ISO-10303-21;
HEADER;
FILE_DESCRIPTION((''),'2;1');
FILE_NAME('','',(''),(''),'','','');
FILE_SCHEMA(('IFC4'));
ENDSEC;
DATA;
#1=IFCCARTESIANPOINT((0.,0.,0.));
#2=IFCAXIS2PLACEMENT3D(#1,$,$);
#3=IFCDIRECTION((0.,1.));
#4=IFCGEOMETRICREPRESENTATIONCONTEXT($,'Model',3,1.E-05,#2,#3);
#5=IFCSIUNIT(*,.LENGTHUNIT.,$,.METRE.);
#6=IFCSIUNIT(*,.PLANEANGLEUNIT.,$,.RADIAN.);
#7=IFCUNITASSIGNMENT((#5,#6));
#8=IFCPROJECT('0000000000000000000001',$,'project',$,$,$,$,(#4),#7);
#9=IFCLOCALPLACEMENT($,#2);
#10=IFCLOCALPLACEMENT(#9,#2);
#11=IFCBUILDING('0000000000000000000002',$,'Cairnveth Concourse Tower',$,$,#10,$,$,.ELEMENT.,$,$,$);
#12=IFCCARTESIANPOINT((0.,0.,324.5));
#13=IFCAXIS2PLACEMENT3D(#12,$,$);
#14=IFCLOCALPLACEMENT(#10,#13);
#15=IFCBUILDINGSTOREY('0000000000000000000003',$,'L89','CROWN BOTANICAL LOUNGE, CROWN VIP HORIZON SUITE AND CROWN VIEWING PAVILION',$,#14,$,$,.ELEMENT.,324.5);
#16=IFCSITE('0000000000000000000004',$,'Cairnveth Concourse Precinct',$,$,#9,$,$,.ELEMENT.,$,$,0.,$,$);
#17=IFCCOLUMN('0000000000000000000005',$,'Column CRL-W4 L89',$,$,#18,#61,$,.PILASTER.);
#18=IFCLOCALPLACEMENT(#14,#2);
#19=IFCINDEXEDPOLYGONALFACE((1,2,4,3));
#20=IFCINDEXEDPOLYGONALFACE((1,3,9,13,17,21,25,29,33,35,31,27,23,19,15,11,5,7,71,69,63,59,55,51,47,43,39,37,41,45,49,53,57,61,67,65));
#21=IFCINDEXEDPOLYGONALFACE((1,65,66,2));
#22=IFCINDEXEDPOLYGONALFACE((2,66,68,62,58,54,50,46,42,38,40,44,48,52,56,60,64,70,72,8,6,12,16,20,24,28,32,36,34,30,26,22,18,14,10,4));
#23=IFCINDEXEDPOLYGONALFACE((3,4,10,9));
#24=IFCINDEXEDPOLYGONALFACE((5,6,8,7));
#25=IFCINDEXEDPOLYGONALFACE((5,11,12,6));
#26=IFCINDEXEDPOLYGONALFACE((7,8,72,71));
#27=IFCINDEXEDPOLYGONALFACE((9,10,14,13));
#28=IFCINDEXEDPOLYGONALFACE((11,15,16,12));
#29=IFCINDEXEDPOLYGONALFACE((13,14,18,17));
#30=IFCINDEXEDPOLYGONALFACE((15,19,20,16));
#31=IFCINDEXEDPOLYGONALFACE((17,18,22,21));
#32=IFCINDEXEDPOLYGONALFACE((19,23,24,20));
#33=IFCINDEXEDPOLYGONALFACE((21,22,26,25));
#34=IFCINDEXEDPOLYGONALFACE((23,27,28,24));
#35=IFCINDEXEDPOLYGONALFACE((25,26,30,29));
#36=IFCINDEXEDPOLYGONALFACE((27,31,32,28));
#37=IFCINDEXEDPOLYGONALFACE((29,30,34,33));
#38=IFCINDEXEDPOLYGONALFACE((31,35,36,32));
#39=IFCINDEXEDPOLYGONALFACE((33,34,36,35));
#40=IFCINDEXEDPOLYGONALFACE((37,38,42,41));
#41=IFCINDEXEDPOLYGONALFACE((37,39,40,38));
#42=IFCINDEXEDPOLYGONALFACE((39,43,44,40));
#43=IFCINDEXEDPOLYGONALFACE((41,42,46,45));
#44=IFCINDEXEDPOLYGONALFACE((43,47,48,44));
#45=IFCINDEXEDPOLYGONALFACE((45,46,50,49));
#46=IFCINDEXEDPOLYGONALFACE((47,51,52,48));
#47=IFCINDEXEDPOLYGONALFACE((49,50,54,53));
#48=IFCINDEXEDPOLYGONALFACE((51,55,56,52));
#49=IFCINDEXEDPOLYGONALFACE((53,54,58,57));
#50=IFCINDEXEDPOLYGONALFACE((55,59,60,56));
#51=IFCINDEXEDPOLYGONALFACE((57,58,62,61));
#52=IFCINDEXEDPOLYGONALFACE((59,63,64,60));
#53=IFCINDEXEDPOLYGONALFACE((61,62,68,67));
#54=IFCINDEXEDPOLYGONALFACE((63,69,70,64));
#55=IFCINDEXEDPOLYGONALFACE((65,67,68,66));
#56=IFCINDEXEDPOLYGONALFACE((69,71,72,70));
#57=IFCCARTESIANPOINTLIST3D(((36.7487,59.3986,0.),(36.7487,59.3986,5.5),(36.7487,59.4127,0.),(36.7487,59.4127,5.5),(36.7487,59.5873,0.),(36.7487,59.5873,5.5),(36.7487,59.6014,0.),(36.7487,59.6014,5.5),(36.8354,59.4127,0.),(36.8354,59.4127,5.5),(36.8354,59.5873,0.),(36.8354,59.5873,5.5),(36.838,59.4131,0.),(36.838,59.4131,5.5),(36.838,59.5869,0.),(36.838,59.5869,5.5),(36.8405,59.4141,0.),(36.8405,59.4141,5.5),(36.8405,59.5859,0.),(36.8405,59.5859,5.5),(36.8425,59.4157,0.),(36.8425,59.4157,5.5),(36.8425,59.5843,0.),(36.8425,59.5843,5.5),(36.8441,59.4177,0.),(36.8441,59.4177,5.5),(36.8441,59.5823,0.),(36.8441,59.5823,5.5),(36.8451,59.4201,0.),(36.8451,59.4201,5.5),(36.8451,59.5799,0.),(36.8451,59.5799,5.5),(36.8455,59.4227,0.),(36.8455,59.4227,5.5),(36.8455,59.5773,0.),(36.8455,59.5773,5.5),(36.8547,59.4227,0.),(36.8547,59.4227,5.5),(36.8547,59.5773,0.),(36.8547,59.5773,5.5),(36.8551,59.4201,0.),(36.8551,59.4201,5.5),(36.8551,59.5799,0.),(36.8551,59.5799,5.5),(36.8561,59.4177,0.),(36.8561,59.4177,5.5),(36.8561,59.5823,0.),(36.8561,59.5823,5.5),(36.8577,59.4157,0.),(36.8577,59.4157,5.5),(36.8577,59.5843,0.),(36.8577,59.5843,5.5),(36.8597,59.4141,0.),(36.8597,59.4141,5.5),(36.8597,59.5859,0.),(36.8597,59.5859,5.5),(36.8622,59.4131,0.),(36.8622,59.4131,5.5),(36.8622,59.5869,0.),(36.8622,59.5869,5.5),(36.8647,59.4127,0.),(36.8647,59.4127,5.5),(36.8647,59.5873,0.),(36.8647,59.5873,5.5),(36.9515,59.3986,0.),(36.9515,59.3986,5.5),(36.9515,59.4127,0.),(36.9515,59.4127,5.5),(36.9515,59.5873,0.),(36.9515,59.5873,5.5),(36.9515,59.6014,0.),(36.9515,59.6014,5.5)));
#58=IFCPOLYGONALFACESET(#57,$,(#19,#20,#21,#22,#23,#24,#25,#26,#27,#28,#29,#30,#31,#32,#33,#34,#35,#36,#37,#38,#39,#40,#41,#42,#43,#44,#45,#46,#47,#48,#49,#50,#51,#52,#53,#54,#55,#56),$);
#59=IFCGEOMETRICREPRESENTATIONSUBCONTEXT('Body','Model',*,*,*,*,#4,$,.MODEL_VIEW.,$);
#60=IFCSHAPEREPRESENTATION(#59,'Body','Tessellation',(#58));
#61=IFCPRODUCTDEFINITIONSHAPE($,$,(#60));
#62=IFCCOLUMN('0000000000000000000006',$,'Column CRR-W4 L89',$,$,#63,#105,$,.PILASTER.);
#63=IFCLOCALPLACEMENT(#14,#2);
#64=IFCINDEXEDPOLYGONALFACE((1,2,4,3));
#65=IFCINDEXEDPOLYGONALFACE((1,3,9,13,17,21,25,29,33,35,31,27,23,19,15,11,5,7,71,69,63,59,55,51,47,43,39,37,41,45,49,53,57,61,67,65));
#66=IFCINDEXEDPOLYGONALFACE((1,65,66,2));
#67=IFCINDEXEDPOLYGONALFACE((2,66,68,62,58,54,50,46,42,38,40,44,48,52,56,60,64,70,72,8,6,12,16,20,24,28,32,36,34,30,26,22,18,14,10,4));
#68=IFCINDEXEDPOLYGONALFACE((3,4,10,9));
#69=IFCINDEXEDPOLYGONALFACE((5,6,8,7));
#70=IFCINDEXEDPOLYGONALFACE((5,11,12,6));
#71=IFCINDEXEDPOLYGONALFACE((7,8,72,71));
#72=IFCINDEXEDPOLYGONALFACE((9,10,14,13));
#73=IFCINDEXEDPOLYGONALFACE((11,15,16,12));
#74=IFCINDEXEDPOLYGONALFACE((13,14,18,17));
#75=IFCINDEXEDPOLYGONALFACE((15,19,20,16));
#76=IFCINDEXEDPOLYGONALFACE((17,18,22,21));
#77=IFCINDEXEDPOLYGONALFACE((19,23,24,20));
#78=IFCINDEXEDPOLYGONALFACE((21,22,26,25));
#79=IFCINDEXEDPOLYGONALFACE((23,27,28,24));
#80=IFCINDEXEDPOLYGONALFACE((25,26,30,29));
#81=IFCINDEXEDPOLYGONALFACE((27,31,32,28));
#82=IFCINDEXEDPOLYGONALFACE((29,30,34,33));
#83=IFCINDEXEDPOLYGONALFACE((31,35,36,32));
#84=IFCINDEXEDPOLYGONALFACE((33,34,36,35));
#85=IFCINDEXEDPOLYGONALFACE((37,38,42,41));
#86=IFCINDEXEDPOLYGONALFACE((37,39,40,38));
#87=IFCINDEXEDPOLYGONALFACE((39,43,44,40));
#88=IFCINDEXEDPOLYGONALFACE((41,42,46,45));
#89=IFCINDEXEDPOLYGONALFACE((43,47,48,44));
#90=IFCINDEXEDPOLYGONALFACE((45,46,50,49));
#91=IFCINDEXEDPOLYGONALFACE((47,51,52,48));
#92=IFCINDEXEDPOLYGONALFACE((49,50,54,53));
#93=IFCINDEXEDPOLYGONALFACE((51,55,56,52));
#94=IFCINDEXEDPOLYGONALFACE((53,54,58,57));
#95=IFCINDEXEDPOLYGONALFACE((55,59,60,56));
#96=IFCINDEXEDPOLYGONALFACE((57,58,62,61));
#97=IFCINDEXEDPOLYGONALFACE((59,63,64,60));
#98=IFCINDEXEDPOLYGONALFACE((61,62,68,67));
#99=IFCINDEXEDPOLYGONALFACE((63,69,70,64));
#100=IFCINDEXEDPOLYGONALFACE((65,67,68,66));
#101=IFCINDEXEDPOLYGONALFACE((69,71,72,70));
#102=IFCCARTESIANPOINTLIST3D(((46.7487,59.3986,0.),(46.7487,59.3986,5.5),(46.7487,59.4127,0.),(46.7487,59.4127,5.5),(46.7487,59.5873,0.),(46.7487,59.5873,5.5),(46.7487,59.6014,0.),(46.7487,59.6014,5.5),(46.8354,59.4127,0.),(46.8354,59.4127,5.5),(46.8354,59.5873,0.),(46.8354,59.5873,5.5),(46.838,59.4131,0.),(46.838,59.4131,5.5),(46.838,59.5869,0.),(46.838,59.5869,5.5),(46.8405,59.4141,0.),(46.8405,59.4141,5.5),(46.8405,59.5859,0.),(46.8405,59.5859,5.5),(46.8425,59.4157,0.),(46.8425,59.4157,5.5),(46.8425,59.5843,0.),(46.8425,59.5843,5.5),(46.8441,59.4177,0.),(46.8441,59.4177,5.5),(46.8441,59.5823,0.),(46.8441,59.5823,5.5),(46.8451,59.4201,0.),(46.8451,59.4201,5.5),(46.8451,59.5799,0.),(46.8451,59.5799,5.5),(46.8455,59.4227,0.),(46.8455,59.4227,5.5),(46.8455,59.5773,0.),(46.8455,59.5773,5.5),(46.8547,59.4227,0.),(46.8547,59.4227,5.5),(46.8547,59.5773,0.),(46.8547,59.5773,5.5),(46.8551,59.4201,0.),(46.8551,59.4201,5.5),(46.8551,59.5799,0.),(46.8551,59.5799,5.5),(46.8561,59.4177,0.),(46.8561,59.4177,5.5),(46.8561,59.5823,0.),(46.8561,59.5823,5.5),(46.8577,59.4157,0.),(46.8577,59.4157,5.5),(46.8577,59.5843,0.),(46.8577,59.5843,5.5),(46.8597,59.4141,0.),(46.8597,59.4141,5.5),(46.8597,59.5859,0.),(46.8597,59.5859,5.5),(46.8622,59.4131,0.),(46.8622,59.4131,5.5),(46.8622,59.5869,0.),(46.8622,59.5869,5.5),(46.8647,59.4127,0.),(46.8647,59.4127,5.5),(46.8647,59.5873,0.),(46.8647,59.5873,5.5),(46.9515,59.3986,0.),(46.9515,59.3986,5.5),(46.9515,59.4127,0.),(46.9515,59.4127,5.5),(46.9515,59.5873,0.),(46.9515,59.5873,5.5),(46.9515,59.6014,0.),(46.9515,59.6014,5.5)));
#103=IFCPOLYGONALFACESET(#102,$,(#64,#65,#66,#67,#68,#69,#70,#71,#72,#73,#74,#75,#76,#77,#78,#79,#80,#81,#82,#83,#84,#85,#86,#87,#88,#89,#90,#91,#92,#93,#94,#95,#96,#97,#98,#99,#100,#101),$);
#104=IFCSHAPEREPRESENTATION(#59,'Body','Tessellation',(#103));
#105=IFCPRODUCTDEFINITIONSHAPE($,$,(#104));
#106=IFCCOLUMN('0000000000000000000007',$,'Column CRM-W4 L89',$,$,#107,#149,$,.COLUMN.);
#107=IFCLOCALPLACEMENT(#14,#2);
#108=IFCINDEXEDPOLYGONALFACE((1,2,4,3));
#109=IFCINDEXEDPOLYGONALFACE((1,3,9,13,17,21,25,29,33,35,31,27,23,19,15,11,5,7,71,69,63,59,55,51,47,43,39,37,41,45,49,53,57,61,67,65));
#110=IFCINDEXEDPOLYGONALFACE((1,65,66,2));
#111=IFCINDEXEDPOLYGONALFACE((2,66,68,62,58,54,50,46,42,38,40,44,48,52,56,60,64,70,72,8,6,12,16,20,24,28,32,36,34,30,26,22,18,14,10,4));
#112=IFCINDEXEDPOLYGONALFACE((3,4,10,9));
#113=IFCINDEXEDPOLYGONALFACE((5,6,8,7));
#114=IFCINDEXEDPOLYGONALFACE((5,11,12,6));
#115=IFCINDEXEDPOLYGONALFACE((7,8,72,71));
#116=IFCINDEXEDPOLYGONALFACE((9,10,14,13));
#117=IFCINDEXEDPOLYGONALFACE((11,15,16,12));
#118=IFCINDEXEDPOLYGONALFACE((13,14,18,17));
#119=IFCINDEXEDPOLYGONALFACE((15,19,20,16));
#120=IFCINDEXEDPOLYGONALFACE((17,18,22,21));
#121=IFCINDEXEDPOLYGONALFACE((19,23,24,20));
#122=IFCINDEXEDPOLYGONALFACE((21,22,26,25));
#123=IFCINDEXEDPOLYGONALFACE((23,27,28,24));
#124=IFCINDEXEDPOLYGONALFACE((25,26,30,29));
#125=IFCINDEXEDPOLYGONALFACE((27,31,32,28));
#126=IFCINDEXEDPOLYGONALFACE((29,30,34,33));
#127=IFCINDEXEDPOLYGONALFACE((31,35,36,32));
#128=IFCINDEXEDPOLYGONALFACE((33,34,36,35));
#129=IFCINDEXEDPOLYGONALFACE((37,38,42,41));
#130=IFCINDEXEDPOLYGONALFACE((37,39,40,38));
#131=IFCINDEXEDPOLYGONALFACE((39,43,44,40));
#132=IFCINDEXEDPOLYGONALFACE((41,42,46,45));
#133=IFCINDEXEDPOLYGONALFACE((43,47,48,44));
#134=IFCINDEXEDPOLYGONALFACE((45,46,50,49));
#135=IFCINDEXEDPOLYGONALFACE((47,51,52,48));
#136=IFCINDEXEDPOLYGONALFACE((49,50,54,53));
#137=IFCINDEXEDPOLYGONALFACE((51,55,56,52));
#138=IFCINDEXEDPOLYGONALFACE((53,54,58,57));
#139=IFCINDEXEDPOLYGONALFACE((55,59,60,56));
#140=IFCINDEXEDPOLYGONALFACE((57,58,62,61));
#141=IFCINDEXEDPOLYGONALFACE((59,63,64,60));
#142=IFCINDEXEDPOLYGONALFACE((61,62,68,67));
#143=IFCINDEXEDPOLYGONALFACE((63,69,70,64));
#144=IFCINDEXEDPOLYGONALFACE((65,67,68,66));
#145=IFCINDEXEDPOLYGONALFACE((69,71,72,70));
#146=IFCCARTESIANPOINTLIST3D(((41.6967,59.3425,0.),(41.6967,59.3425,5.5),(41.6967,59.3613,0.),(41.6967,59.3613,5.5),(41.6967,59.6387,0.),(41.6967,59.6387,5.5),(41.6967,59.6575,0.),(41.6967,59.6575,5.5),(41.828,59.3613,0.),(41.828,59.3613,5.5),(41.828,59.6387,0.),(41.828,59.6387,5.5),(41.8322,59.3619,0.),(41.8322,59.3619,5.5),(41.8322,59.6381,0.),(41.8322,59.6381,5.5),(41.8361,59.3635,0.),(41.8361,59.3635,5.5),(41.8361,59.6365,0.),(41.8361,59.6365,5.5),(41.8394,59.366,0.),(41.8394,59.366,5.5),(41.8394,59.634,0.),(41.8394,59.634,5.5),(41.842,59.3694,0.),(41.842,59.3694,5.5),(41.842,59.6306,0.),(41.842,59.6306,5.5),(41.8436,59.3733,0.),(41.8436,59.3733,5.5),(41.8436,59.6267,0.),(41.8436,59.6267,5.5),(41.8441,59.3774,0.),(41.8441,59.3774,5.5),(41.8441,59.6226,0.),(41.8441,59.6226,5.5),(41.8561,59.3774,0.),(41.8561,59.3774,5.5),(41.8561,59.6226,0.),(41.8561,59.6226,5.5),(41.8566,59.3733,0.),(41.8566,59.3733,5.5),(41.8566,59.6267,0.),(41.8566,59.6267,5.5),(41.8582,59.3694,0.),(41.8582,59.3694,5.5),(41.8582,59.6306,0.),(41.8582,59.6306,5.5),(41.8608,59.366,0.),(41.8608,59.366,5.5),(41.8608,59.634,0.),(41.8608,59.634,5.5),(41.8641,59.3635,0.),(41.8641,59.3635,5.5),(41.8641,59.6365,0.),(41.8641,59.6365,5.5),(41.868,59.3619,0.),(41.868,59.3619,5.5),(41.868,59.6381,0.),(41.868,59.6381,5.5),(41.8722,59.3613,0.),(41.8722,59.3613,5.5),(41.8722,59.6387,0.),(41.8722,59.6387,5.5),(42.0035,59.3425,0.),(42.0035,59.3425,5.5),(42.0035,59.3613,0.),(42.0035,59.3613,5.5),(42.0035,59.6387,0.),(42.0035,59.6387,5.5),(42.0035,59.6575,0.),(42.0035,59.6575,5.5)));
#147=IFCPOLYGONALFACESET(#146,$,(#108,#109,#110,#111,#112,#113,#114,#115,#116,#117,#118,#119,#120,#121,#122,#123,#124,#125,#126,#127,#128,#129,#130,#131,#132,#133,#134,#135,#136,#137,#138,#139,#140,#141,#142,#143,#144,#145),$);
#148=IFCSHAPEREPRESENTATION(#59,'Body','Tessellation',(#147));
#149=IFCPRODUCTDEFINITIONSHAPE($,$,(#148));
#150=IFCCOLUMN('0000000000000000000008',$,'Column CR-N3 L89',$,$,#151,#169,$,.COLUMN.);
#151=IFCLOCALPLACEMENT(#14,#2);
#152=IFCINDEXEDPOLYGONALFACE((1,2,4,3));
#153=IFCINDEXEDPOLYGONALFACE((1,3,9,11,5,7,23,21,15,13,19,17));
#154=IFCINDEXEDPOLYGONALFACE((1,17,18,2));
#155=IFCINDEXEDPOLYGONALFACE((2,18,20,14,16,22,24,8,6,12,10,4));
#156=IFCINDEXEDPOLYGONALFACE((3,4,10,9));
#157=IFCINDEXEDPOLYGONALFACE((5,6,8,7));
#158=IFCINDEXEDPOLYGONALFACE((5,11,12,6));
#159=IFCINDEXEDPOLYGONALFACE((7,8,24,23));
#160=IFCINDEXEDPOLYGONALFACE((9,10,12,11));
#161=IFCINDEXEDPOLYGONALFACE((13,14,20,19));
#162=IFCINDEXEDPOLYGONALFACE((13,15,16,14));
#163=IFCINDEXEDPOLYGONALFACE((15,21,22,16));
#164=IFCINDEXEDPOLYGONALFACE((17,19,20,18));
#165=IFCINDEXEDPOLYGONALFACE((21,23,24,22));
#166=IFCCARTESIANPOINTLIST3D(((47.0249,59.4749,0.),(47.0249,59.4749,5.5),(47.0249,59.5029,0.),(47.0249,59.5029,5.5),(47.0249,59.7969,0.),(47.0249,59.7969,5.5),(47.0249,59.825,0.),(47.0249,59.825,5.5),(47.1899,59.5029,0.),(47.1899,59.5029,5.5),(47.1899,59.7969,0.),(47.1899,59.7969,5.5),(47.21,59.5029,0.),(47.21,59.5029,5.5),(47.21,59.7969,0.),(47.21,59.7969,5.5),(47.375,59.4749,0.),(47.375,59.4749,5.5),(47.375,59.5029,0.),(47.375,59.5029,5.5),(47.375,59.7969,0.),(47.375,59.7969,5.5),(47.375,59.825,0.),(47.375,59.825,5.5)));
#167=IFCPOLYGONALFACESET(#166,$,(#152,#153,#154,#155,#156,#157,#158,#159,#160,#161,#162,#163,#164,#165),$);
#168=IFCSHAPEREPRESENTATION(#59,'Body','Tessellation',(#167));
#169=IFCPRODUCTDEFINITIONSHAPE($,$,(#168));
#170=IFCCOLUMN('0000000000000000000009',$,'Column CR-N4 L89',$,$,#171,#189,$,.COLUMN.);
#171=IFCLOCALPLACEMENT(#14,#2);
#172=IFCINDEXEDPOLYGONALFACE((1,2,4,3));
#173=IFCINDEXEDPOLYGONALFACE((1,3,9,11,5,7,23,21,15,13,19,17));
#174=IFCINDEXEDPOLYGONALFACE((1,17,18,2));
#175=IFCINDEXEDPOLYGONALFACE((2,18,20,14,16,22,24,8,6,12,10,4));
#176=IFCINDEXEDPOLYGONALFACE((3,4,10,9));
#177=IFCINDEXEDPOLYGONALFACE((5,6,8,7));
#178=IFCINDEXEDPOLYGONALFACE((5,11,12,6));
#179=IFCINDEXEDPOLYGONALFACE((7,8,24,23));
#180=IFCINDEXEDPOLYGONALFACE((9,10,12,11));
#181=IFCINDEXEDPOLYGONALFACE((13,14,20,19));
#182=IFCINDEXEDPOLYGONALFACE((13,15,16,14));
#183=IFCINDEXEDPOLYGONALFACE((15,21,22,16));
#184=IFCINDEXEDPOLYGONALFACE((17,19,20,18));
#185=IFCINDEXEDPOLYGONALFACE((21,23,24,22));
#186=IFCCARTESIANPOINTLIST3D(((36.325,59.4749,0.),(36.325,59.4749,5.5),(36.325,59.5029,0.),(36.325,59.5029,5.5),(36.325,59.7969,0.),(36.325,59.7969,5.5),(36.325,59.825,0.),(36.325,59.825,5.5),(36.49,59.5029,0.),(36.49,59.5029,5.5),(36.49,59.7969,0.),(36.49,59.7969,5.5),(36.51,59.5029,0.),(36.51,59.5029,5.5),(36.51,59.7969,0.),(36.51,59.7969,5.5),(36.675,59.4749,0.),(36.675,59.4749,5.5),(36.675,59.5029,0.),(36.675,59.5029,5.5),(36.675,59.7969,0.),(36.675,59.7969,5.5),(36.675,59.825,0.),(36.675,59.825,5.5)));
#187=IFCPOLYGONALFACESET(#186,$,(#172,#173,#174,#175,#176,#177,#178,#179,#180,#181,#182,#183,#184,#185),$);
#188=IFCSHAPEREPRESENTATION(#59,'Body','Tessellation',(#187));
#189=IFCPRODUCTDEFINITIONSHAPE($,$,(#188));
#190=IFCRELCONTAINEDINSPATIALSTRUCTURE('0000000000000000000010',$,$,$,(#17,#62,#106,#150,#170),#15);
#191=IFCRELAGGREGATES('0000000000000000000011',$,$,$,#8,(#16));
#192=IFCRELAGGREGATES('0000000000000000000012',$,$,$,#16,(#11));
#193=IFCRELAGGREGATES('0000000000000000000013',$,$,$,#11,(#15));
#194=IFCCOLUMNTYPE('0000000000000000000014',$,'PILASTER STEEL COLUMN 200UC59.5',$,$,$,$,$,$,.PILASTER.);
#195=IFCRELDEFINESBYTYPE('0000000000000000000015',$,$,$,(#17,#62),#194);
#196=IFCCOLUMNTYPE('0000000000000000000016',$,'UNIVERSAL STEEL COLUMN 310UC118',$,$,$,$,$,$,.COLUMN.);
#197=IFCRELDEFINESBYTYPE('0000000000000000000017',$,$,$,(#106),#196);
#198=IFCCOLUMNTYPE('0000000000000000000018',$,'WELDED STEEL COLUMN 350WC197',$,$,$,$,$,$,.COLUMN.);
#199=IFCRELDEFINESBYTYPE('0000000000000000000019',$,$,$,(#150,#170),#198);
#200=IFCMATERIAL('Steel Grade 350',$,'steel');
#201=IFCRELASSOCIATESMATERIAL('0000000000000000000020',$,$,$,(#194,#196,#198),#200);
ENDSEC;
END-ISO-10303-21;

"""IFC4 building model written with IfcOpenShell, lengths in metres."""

from ifc_helpers import new_model, si_unit, direction, frame, origin, origin_2d, place, context, subcontext, project, spatial, i_section, extrude, material, material_profile, profile_set, type_object, element, save


model = new_model("IFC4")

# Units and contexts
model_context = context("Model", 3, precision=1e-05, world=origin(), true_north=direction((0.0, 1.0)))
body_context = subcontext(model_context, "Body", "Model", "MODEL_VIEW")
ifc_project = project(units=[si_unit("LENGTHUNIT", "METRE"), si_unit("PLANEANGLEUNIT", "RADIAN")], contexts=[model_context])

# Site, building, storey
site_placement = place(None, origin())
site = spatial("IfcSite", under=ifc_project, at=site_placement, Name="Cairnveth Concourse Precinct", CompositionType="ELEMENT", RefElevation=0.0)
building_placement = place(site_placement, origin())
building = spatial("IfcBuilding", under=site, at=building_placement, Name="Cairnveth Concourse Tower", CompositionType="ELEMENT")
storey_placement = place(building_placement, frame((0.0, 0.0, 324.5)))
storey = spatial("IfcBuildingStorey", under=building, at=storey_placement, Name="L89", Description="CROWN BOTANICAL LOUNGE, CROWN VIP HORIZON SUITE AND CROWN VIEWING PAVILION", CompositionType="ELEMENT", Elevation=324.5)

# Columns
ifc_material_1 = material(Name="Steel Grade 350", Category="steel")
ifc_material_profile_1 = material_profile(ifc_material_1, i_section(OverallWidth=0.2029, OverallDepth=0.2029, WebThickness=0.0093, FlangeThickness=0.0142, FilletRadius=0.01, at=origin_2d()), Name="200UC59.5")
ifc_profile_set_1 = profile_set([ifc_material_profile_1], Name="Steel Grade 350")
column_type_1 = type_object("IfcColumnType", Name="PILASTER STEEL COLUMN 200UC59.5", PredefinedType="PILASTER", material=ifc_profile_set_1)
for number, where, z_axis, x_axis, name in (
    (1, (36.8501, 59.5, 0.0), (0.0, 0.0, 1.0), (1.0, 0.0, 0.0), "Column CRL-W4 L89"),
    (2, (46.8501, 59.5, 0.0), (0.0, 0.0, 1.0), (1.0, 0.0, 0.0), "Column CRR-W4 L89"),
):
    element("IfcColumn", number, at=place(storey_placement, frame(where, z_axis=z_axis, x_axis=x_axis)), inside=storey, type_object=column_type_1, Name=name, PredefinedType="PILASTER", context=body_context, shape_type="SweptSolid", body=[
        extrude(i_section(OverallWidth=0.2029, OverallDepth=0.2029, WebThickness=0.0093, FlangeThickness=0.0142, FilletRadius=0.01, at=origin_2d()), origin(), (0.0, 0.0, 1.0), 5.5),
    ])
ifc_material_profile_2 = material_profile(ifc_material_1, i_section(OverallWidth=0.3069, OverallDepth=0.3149, WebThickness=0.012, FlangeThickness=0.0188, FilletRadius=0.0161, at=origin_2d()), Name="310UC118")
ifc_profile_set_2 = profile_set([ifc_material_profile_2], Name="Steel Grade 350")
column_type_2 = type_object("IfcColumnType", Name="UNIVERSAL STEEL COLUMN 310UC118", PredefinedType="COLUMN", material=ifc_profile_set_2)
column_placement = place(storey_placement, frame((41.8501, 59.5, 0.0), z_axis=(0.0, 0.0, 1.0), x_axis=(1.0, 0.0, 0.0)))
element("IfcColumn", 3, at=column_placement, inside=storey, type_object=column_type_2, Name="Column CRM-W4 L89", PredefinedType="COLUMN", context=body_context, shape_type="SweptSolid", body=[
    extrude(i_section(OverallWidth=0.3069, OverallDepth=0.3149, WebThickness=0.012, FlangeThickness=0.0188, FilletRadius=0.0161, at=origin_2d()), origin(), (0.0, 0.0, 1.0), 5.5),
])
ifc_material_profile_3 = material_profile(ifc_material_1, i_section(OverallWidth=0.3501, OverallDepth=0.3501, WebThickness=0.02, FlangeThickness=0.0281, at=origin_2d()), Name="350WC197")
ifc_profile_set_3 = profile_set([ifc_material_profile_3], Name="Steel Grade 350")
column_type_3 = type_object("IfcColumnType", Name="WELDED STEEL COLUMN 350WC197", PredefinedType="COLUMN", material=ifc_profile_set_3)
for number, where, z_axis, x_axis, name in (
    (4, (47.2, 59.6499, 0.0), (0.0, 0.0, 1.0), (1.0, 0.0, 0.0), "Column CR-N3 L89"),
    (5, (36.5, 59.6499, 0.0), (0.0, 0.0, 1.0), (1.0, 0.0, 0.0), "Column CR-N4 L89"),
):
    element("IfcColumn", number, at=place(storey_placement, frame(where, z_axis=z_axis, x_axis=x_axis)), inside=storey, type_object=column_type_3, Name=name, PredefinedType="COLUMN", context=body_context, shape_type="SweptSolid", body=[
        extrude(i_section(OverallWidth=0.3501, OverallDepth=0.3501, WebThickness=0.02, FlangeThickness=0.0281, at=origin_2d()), origin(), (0.0, 0.0, 1.0), 5.5),
    ])

save(model, "model.ifc")
